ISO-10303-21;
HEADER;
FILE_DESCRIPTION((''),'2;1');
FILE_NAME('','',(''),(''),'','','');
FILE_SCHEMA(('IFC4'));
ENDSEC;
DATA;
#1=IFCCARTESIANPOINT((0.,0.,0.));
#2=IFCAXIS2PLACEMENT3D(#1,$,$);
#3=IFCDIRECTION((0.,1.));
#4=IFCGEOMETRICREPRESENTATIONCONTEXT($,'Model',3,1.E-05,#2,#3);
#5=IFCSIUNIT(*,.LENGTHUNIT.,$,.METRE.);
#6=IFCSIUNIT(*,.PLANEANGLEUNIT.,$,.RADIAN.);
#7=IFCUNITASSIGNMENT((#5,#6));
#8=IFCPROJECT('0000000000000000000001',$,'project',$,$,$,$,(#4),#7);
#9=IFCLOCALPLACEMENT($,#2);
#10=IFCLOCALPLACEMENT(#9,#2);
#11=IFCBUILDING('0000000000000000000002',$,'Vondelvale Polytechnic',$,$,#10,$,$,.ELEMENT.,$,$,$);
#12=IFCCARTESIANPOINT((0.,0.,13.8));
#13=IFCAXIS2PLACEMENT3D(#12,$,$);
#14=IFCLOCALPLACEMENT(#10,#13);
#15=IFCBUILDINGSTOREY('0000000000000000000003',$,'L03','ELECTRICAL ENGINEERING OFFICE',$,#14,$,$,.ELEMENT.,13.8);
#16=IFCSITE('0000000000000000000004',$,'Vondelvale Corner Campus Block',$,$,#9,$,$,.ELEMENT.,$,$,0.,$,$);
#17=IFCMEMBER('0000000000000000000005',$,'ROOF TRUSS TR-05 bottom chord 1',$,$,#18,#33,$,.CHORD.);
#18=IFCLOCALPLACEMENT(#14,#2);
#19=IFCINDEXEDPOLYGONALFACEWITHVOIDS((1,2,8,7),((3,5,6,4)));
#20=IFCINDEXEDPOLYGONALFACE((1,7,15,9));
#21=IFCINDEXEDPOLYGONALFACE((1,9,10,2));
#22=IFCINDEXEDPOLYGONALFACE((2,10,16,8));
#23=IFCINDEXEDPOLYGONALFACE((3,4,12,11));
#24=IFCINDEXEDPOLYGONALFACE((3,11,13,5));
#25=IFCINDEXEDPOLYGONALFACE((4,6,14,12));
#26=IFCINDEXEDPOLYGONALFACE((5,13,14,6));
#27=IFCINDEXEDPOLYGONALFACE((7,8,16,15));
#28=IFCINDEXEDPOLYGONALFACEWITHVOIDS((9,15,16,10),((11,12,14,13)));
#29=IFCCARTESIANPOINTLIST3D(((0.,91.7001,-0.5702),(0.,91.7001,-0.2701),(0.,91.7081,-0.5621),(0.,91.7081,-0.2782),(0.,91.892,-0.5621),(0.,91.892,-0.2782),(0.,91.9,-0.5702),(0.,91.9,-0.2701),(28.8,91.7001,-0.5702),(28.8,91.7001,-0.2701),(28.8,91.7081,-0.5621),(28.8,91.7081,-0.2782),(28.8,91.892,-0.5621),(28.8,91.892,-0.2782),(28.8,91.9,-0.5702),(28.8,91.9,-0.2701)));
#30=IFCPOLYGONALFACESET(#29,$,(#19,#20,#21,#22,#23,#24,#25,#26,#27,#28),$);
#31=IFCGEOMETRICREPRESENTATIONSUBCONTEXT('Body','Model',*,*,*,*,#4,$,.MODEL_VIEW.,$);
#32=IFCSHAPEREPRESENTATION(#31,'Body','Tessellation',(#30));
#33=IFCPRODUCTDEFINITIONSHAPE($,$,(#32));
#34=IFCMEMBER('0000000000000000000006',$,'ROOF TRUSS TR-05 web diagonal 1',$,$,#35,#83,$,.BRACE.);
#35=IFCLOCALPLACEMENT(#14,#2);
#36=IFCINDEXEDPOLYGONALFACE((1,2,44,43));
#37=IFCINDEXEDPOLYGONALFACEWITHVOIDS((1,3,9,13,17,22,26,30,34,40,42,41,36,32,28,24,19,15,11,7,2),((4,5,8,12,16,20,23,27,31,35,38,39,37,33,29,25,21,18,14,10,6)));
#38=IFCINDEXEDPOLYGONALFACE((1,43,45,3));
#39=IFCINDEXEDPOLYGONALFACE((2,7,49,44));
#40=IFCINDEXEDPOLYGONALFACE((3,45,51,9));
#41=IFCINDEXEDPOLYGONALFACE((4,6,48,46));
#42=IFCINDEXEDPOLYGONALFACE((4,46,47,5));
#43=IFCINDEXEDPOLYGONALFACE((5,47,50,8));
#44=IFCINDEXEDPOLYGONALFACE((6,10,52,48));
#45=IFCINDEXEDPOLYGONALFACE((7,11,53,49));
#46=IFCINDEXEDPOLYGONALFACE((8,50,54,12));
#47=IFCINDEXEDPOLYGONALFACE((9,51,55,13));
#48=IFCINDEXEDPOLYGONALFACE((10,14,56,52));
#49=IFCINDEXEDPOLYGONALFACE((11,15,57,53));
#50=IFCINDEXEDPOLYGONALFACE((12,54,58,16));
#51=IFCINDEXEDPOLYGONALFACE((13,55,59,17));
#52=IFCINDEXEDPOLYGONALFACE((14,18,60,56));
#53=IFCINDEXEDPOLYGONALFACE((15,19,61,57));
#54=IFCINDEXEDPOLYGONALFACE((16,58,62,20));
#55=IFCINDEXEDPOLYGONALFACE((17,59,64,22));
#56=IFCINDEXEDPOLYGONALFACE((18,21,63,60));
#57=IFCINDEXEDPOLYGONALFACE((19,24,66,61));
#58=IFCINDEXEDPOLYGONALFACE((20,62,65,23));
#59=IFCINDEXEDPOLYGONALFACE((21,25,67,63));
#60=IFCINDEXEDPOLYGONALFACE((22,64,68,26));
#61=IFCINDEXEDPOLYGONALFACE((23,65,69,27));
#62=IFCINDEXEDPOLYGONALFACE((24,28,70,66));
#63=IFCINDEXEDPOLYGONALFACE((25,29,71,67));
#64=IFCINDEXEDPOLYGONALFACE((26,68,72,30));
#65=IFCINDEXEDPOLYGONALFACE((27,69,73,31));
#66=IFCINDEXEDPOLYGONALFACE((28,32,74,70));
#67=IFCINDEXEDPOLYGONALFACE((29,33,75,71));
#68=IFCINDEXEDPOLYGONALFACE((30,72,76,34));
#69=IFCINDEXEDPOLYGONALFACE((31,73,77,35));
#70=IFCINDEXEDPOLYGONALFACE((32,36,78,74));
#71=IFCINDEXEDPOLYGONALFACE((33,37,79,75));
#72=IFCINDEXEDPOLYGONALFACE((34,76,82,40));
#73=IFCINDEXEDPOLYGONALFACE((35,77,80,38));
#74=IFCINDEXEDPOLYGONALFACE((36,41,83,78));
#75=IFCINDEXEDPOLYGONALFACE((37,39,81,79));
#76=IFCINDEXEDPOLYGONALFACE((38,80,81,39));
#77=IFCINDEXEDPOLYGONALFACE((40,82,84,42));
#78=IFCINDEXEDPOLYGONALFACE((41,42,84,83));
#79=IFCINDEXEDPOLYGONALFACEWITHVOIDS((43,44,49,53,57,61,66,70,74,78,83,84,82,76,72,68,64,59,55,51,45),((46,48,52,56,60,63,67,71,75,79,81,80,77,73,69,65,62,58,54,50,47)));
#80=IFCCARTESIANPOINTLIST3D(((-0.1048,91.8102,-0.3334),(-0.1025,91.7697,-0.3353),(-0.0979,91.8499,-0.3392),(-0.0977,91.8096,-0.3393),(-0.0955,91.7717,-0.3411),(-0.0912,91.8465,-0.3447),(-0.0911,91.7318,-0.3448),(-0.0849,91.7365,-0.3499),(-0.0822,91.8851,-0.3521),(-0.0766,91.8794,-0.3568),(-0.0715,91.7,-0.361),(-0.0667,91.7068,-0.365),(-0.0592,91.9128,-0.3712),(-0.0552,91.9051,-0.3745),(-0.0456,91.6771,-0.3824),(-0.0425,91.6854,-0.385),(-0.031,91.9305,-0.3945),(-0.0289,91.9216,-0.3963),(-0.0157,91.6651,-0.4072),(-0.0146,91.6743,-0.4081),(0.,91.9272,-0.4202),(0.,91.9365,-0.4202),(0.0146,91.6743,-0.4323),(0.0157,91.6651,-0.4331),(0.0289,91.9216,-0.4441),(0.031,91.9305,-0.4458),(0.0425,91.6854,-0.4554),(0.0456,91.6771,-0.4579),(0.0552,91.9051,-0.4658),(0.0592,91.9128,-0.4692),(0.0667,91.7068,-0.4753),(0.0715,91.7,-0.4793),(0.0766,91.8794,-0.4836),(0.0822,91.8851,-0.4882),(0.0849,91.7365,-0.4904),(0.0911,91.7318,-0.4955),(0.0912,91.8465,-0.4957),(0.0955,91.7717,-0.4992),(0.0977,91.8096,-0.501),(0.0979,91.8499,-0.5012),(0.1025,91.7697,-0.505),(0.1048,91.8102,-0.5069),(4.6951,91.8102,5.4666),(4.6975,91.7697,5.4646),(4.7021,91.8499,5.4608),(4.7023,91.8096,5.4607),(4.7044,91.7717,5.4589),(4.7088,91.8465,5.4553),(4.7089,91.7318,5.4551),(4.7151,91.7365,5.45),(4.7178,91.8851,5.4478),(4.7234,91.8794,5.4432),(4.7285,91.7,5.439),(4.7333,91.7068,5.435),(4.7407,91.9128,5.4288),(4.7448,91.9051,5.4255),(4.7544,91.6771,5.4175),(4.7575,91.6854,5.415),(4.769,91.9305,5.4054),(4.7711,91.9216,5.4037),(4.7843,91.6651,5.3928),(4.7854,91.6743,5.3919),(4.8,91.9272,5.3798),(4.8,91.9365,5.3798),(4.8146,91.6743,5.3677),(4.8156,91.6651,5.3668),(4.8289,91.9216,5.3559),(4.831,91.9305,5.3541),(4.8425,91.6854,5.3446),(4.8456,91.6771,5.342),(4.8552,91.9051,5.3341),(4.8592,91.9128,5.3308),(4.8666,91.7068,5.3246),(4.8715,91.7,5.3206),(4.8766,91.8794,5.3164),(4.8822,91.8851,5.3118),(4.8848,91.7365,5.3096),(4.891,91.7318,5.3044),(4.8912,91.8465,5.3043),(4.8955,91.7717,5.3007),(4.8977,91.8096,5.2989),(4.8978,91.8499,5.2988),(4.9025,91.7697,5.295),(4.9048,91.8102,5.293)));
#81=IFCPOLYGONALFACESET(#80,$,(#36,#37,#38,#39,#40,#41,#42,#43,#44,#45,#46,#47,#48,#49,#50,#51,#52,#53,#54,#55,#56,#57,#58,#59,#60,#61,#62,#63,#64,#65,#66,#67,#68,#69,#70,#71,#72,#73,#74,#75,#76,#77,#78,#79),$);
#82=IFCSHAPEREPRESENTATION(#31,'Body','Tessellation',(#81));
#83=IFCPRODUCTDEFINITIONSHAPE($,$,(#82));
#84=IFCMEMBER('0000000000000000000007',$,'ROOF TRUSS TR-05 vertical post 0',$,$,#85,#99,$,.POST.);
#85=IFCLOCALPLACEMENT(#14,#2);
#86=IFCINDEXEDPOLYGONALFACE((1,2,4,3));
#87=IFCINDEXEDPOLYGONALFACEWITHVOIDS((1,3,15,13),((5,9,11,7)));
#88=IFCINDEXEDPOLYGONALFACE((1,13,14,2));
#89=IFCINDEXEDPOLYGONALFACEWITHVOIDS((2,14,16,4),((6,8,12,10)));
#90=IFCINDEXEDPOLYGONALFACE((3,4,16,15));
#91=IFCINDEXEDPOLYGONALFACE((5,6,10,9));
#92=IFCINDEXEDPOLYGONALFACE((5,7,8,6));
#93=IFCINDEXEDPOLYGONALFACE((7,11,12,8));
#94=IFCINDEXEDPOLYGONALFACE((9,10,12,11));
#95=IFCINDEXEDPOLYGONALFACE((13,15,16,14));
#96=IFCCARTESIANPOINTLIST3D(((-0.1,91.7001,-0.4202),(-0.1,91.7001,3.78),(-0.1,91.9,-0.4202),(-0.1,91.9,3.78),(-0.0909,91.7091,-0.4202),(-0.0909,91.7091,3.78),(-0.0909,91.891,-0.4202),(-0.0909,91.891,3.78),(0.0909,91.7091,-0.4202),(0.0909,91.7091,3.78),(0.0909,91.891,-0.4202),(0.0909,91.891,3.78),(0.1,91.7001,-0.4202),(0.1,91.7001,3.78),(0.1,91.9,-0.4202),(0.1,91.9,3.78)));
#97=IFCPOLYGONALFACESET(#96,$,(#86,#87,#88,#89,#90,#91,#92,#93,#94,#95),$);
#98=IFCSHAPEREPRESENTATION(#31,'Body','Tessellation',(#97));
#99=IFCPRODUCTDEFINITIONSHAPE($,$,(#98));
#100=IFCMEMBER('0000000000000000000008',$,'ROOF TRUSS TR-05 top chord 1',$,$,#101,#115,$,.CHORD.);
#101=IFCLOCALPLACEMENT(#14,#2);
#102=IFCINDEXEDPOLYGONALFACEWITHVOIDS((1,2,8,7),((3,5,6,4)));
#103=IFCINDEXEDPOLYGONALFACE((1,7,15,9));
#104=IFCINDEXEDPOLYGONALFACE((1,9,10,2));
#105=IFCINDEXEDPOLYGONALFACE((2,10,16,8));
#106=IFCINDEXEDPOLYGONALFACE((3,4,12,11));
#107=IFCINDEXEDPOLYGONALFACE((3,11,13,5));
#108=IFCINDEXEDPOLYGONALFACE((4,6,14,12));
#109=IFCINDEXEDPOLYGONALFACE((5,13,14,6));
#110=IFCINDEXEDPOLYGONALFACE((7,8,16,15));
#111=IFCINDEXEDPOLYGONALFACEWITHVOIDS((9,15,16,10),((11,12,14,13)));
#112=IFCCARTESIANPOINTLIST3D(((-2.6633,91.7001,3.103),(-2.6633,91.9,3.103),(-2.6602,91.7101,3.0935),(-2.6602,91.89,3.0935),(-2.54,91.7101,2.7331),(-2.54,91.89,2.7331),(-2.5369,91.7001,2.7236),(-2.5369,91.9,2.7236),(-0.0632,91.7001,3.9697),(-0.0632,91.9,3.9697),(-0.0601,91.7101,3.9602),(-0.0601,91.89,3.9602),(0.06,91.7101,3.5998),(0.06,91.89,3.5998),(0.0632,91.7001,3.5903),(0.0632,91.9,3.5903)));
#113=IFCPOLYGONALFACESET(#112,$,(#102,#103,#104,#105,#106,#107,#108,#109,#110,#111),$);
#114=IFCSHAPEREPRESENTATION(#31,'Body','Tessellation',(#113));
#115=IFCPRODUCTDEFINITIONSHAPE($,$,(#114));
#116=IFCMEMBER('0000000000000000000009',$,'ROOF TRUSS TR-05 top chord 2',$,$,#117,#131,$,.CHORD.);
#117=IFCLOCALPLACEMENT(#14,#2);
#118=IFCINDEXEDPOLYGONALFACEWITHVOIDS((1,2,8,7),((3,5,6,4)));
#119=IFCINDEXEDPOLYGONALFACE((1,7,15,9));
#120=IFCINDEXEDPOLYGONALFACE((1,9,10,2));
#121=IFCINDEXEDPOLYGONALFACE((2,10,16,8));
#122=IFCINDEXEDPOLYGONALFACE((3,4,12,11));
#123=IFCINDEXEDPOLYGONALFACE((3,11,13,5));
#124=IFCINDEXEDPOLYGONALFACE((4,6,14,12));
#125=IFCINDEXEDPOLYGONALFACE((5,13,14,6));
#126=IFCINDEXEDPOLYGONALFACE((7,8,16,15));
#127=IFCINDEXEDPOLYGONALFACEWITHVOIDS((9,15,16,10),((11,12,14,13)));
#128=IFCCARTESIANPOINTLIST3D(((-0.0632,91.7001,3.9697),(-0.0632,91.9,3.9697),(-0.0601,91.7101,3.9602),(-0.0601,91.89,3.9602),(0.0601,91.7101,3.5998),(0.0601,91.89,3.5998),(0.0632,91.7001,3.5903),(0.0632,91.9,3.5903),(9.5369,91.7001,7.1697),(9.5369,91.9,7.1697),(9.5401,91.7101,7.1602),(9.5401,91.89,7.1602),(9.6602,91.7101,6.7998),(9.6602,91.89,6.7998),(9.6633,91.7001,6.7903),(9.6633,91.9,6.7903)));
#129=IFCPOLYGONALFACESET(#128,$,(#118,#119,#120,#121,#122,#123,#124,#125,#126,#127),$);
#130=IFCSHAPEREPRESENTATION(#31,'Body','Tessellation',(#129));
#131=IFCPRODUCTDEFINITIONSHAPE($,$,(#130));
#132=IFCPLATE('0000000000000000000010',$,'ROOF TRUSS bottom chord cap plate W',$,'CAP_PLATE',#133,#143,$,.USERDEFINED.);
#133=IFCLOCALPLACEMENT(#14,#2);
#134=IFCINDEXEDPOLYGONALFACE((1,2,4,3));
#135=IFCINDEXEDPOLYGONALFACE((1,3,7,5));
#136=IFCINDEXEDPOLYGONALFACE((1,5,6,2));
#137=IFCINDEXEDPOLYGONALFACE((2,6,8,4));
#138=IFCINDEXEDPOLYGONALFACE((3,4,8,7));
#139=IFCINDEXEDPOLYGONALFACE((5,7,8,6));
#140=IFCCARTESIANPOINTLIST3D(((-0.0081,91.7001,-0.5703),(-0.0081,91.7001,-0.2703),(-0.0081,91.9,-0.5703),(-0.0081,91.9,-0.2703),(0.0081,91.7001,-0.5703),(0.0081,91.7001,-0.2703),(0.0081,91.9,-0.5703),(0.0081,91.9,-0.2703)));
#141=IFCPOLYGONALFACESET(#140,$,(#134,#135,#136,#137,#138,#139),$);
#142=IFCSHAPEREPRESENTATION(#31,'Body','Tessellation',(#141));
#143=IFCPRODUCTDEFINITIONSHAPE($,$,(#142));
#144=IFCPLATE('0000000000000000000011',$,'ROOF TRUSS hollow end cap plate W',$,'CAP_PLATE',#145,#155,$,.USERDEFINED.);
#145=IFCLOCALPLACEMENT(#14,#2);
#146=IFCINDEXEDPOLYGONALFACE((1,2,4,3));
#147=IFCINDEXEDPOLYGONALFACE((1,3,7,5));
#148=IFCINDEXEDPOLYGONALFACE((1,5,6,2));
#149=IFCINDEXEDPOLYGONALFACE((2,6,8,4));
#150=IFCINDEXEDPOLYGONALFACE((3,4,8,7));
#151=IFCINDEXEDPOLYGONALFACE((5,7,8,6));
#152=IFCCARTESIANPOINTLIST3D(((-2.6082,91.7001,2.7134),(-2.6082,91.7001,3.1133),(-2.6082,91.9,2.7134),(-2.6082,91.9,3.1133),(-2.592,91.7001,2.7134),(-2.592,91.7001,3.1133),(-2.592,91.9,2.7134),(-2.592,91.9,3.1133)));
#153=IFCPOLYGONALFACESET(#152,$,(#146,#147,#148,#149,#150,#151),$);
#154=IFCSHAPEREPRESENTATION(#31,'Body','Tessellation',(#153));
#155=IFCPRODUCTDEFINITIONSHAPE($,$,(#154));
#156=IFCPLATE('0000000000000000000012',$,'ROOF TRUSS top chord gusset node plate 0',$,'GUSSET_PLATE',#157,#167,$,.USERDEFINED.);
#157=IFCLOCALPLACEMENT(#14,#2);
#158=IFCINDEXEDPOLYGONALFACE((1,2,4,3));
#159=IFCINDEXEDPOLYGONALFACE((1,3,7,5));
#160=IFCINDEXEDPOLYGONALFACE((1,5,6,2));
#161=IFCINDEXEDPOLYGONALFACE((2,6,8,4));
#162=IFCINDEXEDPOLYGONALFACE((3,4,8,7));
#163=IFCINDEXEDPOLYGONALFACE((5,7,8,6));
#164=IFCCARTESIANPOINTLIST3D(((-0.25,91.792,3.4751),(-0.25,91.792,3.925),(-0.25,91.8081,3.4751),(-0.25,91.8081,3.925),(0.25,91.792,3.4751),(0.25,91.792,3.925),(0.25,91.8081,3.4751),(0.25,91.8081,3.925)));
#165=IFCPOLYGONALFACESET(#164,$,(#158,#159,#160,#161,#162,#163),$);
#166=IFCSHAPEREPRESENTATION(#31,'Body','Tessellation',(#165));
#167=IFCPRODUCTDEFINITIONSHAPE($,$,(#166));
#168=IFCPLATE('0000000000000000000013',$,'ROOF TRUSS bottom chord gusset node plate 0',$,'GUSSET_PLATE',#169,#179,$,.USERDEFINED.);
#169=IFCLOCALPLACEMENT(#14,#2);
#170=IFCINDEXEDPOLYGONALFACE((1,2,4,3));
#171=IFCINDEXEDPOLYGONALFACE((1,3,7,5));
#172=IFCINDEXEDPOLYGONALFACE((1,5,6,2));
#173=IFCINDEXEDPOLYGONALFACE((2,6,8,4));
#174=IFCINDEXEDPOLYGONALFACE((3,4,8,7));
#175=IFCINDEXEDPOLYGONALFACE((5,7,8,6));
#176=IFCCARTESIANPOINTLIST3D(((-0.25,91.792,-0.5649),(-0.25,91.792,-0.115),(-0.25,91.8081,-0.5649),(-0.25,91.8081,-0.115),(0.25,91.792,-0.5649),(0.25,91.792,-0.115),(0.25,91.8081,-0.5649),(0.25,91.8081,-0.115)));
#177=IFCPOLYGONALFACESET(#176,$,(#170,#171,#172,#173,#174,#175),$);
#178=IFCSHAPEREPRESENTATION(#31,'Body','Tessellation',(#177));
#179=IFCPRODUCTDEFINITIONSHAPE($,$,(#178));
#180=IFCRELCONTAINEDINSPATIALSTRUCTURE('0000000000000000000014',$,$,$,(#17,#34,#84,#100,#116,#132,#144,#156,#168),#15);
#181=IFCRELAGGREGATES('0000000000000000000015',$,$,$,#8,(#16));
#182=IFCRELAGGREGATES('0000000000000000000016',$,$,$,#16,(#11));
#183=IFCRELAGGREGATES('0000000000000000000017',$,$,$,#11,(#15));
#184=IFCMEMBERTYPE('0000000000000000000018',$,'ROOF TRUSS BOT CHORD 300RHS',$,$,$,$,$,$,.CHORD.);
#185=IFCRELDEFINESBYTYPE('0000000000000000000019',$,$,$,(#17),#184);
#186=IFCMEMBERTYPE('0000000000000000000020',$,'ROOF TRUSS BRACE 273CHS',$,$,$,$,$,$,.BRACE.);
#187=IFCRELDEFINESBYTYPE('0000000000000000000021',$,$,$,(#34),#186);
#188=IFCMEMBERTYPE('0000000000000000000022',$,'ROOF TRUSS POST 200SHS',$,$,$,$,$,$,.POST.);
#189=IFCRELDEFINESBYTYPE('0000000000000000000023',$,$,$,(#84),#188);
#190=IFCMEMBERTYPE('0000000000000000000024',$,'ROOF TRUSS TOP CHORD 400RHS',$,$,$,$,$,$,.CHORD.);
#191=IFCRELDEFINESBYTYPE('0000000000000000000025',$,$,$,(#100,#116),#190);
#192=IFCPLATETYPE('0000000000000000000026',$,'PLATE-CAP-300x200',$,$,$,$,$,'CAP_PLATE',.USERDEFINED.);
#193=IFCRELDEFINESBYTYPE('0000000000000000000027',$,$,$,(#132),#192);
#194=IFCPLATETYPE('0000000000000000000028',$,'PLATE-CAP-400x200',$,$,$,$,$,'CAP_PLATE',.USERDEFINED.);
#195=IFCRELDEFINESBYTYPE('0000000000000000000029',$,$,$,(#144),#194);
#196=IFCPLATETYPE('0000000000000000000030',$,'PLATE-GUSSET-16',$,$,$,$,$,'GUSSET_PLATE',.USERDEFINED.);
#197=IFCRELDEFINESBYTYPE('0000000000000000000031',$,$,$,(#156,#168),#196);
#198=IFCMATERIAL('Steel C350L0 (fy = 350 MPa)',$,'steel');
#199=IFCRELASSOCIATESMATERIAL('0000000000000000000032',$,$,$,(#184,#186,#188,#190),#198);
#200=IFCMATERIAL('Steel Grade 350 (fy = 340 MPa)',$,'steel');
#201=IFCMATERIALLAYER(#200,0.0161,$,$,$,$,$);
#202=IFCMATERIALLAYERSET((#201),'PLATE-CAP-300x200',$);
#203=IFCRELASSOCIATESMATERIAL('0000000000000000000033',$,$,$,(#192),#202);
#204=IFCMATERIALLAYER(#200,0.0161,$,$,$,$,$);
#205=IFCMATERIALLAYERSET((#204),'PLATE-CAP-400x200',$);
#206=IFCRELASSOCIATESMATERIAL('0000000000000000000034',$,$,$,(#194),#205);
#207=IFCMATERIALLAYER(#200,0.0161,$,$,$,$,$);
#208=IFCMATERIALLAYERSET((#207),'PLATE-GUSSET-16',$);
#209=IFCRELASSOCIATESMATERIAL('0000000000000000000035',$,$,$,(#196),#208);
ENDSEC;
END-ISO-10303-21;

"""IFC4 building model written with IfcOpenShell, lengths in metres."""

from ifc_helpers import new_model, si_unit, direction, frame, origin, origin_2d, place, context, subcontext, project, spatial, rectangle, hollow_rectangle, hollow_circle, extrude, material, layer, layer_set, material_profile, profile_set, type_object, element, save


model = new_model("IFC4")

# Units and contexts
model_context = context("Model", 3, precision=1e-05, world=origin(), true_north=direction((0.0, 1.0)))
body_context = subcontext(model_context, "Body", "Model", "MODEL_VIEW")
ifc_project = project(units=[si_unit("LENGTHUNIT", "METRE"), si_unit("PLANEANGLEUNIT", "RADIAN")], contexts=[model_context])

# Site, building, storey
site_placement = place(None, origin())
site = spatial("IfcSite", under=ifc_project, at=site_placement, Name="Vondelvale Corner Campus Block", CompositionType="ELEMENT", RefElevation=0.0)
building_placement = place(site_placement, origin())
building = spatial("IfcBuilding", under=site, at=building_placement, Name="Vondelvale Polytechnic", CompositionType="ELEMENT")
storey_placement = place(building_placement, frame((0.0, 0.0, 13.8)))
storey = spatial("IfcBuildingStorey", under=building, at=storey_placement, Name="L03", Description="ELECTRICAL ENGINEERING OFFICE", CompositionType="ELEMENT", Elevation=13.8)

# Members
ifc_material_1 = material(Name="Steel C350L0 (fy = 350 MPa)", Category="steel")
ifc_material_profile_1 = material_profile(ifc_material_1, hollow_rectangle(XDim=0.2, YDim=0.3, WallThickness=0.0081, at=origin_2d()), Name="300x200x8.0RHS")
ifc_profile_set_1 = profile_set([ifc_material_profile_1], Name="Steel C350L0 (fy = 350 MPa)")
member_type_1 = type_object("IfcMemberType", Name="ROOF TRUSS BOT CHORD 300RHS", PredefinedType="CHORD", material=ifc_profile_set_1)
member_1_placement = place(storey_placement, frame((0.0, 91.8, -0.4202), z_axis=(1.0, 0.0, 0.0), x_axis=(0.0, 1.0, 0.0)))
element("IfcMember", 1, at=member_1_placement, inside=storey, type_object=member_type_1, Name="ROOF TRUSS TR-05 bottom chord 1", PredefinedType="CHORD", context=body_context, shape_type="SweptSolid", body=[
    extrude(hollow_rectangle(XDim=0.2, YDim=0.3, WallThickness=0.0081, at=origin_2d()), origin(), (0.0, 0.0, 1.0), 28.8),
])
ifc_material_profile_2 = material_profile(ifc_material_1, hollow_circle(Radius=0.1365, WallThickness=0.0093, at=origin_2d()), Name="273.1x9.3CHS")
ifc_profile_set_2 = profile_set([ifc_material_profile_2], Name="Steel C350L0 (fy = 350 MPa)")
member_type_2 = type_object("IfcMemberType", Name="ROOF TRUSS BRACE 273CHS", PredefinedType="BRACE", material=ifc_profile_set_2)
member_2_placement = place(storey_placement, frame((0.0, 91.8, -0.4202), z_axis=(0.637568, 0.0, 0.770394), x_axis=(0.0, 1.0, 0.0)))
element("IfcMember", 2, at=member_2_placement, inside=storey, type_object=member_type_2, Name="ROOF TRUSS TR-05 web diagonal 1", PredefinedType="BRACE", context=body_context, shape_type="SweptSolid", body=[
    extrude(hollow_circle(Radius=0.1365, WallThickness=0.0093, at=origin_2d()), origin(), (0.0, 0.0, 1.0), 7.5286),
])
ifc_material_profile_3 = material_profile(ifc_material_1, hollow_rectangle(XDim=0.2, YDim=0.2, WallThickness=0.009, at=origin_2d()), Name="200x200x9.0SHS")
ifc_profile_set_3 = profile_set([ifc_material_profile_3], Name="Steel C350L0 (fy = 350 MPa)")
member_type_3 = type_object("IfcMemberType", Name="ROOF TRUSS POST 200SHS", PredefinedType="POST", material=ifc_profile_set_3)
member_3_placement = place(storey_placement, frame((0.0, 91.8, -0.4202), z_axis=(0.0, 0.0, 1.0), x_axis=(1.0, 0.0, 0.0)))
element("IfcMember", 3, at=member_3_placement, inside=storey, type_object=member_type_3, Name="ROOF TRUSS TR-05 vertical post 0", PredefinedType="POST", context=body_context, shape_type="SweptSolid", body=[
    extrude(hollow_rectangle(XDim=0.2, YDim=0.2, WallThickness=0.009, at=origin_2d()), origin(), (0.0, 0.0, 1.0), 4.2002),
])
ifc_material_profile_4 = material_profile(ifc_material_1, hollow_rectangle(XDim=0.2, YDim=0.3999, WallThickness=0.01, at=origin_2d()), Name="400x200x10.0RHS")
ifc_profile_set_4 = profile_set([ifc_material_profile_4], Name="Steel C350L0 (fy = 350 MPa)")
member_type_4 = type_object("IfcMemberType", Name="ROOF TRUSS TOP CHORD 400RHS", PredefinedType="CHORD", material=ifc_profile_set_4)
member_4_placement = place(storey_placement, frame((-2.6001, 91.8, 2.9133), z_axis=(0.948683, 0.0, 0.316228), x_axis=(0.0, 1.0, 0.0)))
element("IfcMember", 4, at=member_4_placement, inside=storey, type_object=member_type_4, Name="ROOF TRUSS TR-05 top chord 1", PredefinedType="CHORD", context=body_context, shape_type="SweptSolid", body=[
    extrude(hollow_rectangle(XDim=0.2, YDim=0.3999, WallThickness=0.01, at=origin_2d()), origin(), (0.0, 0.0, 1.0), 2.7407),
])
member_5_placement = place(storey_placement, frame((0.0, 91.8, 3.78), z_axis=(0.948686, 0.0, 0.316221), x_axis=(0.0, 1.0, 0.0)))
element("IfcMember", 5, at=member_5_placement, inside=storey, type_object=member_type_4, Name="ROOF TRUSS TR-05 top chord 2", PredefinedType="CHORD", context=body_context, shape_type="SweptSolid", body=[
    extrude(hollow_rectangle(XDim=0.2, YDim=0.3999, WallThickness=0.01, at=origin_2d()), origin(), (0.0, 0.0, 1.0), 10.1194),
])

# Plates
ifc_material_2 = material(Name="Steel Grade 350 (fy = 340 MPa)", Category="steel")
ifc_layer_1 = layer(ifc_material_2, 0.0161)
ifc_layer_set_1 = layer_set([ifc_layer_1], Name="PLATE-CAP-300x200")
plate_type_1 = type_object("IfcPlateType", Name="PLATE-CAP-300x200", ElementType="CAP_PLATE", PredefinedType="USERDEFINED", material=ifc_layer_set_1)
plate_1_placement = place(storey_placement, frame((0.0, 91.8, -0.5703), z_axis=(0.0, 0.0, 1.0), x_axis=(1.0, 0.0, 0.0)))
element("IfcPlate", 6, at=plate_1_placement, inside=storey, type_object=plate_type_1, Name="ROOF TRUSS bottom chord cap plate W", ObjectType="CAP_PLATE", PredefinedType="USERDEFINED", context=body_context, shape_type="SweptSolid", body=[
    extrude(rectangle(XDim=0.0161, YDim=0.2, at=origin_2d()), origin(), (0.0, 0.0, 1.0), 0.3),
])
ifc_layer_2 = layer(ifc_material_2, 0.0161)
ifc_layer_set_2 = layer_set([ifc_layer_2], Name="PLATE-CAP-400x200")
plate_type_2 = type_object("IfcPlateType", Name="PLATE-CAP-400x200", ElementType="CAP_PLATE", PredefinedType="USERDEFINED", material=ifc_layer_set_2)
plate_2_placement = place(storey_placement, frame((-2.6001, 91.8, 2.7134), z_axis=(0.0, 0.0, 1.0), x_axis=(1.0, 0.0, 0.0)))
element("IfcPlate", 7, at=plate_2_placement, inside=storey, type_object=plate_type_2, Name="ROOF TRUSS hollow end cap plate W", ObjectType="CAP_PLATE", PredefinedType="USERDEFINED", context=body_context, shape_type="SweptSolid", body=[
    extrude(rectangle(XDim=0.0161, YDim=0.2, at=origin_2d()), origin(), (0.0, 0.0, 1.0), 0.3999),
])
ifc_layer_3 = layer(ifc_material_2, 0.0161)
ifc_layer_set_3 = layer_set([ifc_layer_3], Name="PLATE-GUSSET-16")
plate_type_3 = type_object("IfcPlateType", Name="PLATE-GUSSET-16", ElementType="GUSSET_PLATE", PredefinedType="USERDEFINED", material=ifc_layer_set_3)
for number, where, z_axis, x_axis, name in (
    (8, (0.0, 91.8, 3.4751), (0.0, 0.0, 1.0), (1.0, 0.0, 0.0), "ROOF TRUSS top chord gusset node plate 0"),
    (9, (0.0, 91.8, -0.5649), (0.0, 0.0, 1.0), (1.0, 0.0, 0.0), "ROOF TRUSS bottom chord gusset node plate 0"),
):
    element("IfcPlate", number, at=place(storey_placement, frame(where, z_axis=z_axis, x_axis=x_axis)), inside=storey, type_object=plate_type_3, Name=name, ObjectType="GUSSET_PLATE", PredefinedType="USERDEFINED", context=body_context, shape_type="SweptSolid", body=[
        extrude(rectangle(XDim=0.5, YDim=0.0161, at=origin_2d()), origin(), (0.0, 0.0, 1.0), 0.45),
    ])

save(model, "model.ifc")
